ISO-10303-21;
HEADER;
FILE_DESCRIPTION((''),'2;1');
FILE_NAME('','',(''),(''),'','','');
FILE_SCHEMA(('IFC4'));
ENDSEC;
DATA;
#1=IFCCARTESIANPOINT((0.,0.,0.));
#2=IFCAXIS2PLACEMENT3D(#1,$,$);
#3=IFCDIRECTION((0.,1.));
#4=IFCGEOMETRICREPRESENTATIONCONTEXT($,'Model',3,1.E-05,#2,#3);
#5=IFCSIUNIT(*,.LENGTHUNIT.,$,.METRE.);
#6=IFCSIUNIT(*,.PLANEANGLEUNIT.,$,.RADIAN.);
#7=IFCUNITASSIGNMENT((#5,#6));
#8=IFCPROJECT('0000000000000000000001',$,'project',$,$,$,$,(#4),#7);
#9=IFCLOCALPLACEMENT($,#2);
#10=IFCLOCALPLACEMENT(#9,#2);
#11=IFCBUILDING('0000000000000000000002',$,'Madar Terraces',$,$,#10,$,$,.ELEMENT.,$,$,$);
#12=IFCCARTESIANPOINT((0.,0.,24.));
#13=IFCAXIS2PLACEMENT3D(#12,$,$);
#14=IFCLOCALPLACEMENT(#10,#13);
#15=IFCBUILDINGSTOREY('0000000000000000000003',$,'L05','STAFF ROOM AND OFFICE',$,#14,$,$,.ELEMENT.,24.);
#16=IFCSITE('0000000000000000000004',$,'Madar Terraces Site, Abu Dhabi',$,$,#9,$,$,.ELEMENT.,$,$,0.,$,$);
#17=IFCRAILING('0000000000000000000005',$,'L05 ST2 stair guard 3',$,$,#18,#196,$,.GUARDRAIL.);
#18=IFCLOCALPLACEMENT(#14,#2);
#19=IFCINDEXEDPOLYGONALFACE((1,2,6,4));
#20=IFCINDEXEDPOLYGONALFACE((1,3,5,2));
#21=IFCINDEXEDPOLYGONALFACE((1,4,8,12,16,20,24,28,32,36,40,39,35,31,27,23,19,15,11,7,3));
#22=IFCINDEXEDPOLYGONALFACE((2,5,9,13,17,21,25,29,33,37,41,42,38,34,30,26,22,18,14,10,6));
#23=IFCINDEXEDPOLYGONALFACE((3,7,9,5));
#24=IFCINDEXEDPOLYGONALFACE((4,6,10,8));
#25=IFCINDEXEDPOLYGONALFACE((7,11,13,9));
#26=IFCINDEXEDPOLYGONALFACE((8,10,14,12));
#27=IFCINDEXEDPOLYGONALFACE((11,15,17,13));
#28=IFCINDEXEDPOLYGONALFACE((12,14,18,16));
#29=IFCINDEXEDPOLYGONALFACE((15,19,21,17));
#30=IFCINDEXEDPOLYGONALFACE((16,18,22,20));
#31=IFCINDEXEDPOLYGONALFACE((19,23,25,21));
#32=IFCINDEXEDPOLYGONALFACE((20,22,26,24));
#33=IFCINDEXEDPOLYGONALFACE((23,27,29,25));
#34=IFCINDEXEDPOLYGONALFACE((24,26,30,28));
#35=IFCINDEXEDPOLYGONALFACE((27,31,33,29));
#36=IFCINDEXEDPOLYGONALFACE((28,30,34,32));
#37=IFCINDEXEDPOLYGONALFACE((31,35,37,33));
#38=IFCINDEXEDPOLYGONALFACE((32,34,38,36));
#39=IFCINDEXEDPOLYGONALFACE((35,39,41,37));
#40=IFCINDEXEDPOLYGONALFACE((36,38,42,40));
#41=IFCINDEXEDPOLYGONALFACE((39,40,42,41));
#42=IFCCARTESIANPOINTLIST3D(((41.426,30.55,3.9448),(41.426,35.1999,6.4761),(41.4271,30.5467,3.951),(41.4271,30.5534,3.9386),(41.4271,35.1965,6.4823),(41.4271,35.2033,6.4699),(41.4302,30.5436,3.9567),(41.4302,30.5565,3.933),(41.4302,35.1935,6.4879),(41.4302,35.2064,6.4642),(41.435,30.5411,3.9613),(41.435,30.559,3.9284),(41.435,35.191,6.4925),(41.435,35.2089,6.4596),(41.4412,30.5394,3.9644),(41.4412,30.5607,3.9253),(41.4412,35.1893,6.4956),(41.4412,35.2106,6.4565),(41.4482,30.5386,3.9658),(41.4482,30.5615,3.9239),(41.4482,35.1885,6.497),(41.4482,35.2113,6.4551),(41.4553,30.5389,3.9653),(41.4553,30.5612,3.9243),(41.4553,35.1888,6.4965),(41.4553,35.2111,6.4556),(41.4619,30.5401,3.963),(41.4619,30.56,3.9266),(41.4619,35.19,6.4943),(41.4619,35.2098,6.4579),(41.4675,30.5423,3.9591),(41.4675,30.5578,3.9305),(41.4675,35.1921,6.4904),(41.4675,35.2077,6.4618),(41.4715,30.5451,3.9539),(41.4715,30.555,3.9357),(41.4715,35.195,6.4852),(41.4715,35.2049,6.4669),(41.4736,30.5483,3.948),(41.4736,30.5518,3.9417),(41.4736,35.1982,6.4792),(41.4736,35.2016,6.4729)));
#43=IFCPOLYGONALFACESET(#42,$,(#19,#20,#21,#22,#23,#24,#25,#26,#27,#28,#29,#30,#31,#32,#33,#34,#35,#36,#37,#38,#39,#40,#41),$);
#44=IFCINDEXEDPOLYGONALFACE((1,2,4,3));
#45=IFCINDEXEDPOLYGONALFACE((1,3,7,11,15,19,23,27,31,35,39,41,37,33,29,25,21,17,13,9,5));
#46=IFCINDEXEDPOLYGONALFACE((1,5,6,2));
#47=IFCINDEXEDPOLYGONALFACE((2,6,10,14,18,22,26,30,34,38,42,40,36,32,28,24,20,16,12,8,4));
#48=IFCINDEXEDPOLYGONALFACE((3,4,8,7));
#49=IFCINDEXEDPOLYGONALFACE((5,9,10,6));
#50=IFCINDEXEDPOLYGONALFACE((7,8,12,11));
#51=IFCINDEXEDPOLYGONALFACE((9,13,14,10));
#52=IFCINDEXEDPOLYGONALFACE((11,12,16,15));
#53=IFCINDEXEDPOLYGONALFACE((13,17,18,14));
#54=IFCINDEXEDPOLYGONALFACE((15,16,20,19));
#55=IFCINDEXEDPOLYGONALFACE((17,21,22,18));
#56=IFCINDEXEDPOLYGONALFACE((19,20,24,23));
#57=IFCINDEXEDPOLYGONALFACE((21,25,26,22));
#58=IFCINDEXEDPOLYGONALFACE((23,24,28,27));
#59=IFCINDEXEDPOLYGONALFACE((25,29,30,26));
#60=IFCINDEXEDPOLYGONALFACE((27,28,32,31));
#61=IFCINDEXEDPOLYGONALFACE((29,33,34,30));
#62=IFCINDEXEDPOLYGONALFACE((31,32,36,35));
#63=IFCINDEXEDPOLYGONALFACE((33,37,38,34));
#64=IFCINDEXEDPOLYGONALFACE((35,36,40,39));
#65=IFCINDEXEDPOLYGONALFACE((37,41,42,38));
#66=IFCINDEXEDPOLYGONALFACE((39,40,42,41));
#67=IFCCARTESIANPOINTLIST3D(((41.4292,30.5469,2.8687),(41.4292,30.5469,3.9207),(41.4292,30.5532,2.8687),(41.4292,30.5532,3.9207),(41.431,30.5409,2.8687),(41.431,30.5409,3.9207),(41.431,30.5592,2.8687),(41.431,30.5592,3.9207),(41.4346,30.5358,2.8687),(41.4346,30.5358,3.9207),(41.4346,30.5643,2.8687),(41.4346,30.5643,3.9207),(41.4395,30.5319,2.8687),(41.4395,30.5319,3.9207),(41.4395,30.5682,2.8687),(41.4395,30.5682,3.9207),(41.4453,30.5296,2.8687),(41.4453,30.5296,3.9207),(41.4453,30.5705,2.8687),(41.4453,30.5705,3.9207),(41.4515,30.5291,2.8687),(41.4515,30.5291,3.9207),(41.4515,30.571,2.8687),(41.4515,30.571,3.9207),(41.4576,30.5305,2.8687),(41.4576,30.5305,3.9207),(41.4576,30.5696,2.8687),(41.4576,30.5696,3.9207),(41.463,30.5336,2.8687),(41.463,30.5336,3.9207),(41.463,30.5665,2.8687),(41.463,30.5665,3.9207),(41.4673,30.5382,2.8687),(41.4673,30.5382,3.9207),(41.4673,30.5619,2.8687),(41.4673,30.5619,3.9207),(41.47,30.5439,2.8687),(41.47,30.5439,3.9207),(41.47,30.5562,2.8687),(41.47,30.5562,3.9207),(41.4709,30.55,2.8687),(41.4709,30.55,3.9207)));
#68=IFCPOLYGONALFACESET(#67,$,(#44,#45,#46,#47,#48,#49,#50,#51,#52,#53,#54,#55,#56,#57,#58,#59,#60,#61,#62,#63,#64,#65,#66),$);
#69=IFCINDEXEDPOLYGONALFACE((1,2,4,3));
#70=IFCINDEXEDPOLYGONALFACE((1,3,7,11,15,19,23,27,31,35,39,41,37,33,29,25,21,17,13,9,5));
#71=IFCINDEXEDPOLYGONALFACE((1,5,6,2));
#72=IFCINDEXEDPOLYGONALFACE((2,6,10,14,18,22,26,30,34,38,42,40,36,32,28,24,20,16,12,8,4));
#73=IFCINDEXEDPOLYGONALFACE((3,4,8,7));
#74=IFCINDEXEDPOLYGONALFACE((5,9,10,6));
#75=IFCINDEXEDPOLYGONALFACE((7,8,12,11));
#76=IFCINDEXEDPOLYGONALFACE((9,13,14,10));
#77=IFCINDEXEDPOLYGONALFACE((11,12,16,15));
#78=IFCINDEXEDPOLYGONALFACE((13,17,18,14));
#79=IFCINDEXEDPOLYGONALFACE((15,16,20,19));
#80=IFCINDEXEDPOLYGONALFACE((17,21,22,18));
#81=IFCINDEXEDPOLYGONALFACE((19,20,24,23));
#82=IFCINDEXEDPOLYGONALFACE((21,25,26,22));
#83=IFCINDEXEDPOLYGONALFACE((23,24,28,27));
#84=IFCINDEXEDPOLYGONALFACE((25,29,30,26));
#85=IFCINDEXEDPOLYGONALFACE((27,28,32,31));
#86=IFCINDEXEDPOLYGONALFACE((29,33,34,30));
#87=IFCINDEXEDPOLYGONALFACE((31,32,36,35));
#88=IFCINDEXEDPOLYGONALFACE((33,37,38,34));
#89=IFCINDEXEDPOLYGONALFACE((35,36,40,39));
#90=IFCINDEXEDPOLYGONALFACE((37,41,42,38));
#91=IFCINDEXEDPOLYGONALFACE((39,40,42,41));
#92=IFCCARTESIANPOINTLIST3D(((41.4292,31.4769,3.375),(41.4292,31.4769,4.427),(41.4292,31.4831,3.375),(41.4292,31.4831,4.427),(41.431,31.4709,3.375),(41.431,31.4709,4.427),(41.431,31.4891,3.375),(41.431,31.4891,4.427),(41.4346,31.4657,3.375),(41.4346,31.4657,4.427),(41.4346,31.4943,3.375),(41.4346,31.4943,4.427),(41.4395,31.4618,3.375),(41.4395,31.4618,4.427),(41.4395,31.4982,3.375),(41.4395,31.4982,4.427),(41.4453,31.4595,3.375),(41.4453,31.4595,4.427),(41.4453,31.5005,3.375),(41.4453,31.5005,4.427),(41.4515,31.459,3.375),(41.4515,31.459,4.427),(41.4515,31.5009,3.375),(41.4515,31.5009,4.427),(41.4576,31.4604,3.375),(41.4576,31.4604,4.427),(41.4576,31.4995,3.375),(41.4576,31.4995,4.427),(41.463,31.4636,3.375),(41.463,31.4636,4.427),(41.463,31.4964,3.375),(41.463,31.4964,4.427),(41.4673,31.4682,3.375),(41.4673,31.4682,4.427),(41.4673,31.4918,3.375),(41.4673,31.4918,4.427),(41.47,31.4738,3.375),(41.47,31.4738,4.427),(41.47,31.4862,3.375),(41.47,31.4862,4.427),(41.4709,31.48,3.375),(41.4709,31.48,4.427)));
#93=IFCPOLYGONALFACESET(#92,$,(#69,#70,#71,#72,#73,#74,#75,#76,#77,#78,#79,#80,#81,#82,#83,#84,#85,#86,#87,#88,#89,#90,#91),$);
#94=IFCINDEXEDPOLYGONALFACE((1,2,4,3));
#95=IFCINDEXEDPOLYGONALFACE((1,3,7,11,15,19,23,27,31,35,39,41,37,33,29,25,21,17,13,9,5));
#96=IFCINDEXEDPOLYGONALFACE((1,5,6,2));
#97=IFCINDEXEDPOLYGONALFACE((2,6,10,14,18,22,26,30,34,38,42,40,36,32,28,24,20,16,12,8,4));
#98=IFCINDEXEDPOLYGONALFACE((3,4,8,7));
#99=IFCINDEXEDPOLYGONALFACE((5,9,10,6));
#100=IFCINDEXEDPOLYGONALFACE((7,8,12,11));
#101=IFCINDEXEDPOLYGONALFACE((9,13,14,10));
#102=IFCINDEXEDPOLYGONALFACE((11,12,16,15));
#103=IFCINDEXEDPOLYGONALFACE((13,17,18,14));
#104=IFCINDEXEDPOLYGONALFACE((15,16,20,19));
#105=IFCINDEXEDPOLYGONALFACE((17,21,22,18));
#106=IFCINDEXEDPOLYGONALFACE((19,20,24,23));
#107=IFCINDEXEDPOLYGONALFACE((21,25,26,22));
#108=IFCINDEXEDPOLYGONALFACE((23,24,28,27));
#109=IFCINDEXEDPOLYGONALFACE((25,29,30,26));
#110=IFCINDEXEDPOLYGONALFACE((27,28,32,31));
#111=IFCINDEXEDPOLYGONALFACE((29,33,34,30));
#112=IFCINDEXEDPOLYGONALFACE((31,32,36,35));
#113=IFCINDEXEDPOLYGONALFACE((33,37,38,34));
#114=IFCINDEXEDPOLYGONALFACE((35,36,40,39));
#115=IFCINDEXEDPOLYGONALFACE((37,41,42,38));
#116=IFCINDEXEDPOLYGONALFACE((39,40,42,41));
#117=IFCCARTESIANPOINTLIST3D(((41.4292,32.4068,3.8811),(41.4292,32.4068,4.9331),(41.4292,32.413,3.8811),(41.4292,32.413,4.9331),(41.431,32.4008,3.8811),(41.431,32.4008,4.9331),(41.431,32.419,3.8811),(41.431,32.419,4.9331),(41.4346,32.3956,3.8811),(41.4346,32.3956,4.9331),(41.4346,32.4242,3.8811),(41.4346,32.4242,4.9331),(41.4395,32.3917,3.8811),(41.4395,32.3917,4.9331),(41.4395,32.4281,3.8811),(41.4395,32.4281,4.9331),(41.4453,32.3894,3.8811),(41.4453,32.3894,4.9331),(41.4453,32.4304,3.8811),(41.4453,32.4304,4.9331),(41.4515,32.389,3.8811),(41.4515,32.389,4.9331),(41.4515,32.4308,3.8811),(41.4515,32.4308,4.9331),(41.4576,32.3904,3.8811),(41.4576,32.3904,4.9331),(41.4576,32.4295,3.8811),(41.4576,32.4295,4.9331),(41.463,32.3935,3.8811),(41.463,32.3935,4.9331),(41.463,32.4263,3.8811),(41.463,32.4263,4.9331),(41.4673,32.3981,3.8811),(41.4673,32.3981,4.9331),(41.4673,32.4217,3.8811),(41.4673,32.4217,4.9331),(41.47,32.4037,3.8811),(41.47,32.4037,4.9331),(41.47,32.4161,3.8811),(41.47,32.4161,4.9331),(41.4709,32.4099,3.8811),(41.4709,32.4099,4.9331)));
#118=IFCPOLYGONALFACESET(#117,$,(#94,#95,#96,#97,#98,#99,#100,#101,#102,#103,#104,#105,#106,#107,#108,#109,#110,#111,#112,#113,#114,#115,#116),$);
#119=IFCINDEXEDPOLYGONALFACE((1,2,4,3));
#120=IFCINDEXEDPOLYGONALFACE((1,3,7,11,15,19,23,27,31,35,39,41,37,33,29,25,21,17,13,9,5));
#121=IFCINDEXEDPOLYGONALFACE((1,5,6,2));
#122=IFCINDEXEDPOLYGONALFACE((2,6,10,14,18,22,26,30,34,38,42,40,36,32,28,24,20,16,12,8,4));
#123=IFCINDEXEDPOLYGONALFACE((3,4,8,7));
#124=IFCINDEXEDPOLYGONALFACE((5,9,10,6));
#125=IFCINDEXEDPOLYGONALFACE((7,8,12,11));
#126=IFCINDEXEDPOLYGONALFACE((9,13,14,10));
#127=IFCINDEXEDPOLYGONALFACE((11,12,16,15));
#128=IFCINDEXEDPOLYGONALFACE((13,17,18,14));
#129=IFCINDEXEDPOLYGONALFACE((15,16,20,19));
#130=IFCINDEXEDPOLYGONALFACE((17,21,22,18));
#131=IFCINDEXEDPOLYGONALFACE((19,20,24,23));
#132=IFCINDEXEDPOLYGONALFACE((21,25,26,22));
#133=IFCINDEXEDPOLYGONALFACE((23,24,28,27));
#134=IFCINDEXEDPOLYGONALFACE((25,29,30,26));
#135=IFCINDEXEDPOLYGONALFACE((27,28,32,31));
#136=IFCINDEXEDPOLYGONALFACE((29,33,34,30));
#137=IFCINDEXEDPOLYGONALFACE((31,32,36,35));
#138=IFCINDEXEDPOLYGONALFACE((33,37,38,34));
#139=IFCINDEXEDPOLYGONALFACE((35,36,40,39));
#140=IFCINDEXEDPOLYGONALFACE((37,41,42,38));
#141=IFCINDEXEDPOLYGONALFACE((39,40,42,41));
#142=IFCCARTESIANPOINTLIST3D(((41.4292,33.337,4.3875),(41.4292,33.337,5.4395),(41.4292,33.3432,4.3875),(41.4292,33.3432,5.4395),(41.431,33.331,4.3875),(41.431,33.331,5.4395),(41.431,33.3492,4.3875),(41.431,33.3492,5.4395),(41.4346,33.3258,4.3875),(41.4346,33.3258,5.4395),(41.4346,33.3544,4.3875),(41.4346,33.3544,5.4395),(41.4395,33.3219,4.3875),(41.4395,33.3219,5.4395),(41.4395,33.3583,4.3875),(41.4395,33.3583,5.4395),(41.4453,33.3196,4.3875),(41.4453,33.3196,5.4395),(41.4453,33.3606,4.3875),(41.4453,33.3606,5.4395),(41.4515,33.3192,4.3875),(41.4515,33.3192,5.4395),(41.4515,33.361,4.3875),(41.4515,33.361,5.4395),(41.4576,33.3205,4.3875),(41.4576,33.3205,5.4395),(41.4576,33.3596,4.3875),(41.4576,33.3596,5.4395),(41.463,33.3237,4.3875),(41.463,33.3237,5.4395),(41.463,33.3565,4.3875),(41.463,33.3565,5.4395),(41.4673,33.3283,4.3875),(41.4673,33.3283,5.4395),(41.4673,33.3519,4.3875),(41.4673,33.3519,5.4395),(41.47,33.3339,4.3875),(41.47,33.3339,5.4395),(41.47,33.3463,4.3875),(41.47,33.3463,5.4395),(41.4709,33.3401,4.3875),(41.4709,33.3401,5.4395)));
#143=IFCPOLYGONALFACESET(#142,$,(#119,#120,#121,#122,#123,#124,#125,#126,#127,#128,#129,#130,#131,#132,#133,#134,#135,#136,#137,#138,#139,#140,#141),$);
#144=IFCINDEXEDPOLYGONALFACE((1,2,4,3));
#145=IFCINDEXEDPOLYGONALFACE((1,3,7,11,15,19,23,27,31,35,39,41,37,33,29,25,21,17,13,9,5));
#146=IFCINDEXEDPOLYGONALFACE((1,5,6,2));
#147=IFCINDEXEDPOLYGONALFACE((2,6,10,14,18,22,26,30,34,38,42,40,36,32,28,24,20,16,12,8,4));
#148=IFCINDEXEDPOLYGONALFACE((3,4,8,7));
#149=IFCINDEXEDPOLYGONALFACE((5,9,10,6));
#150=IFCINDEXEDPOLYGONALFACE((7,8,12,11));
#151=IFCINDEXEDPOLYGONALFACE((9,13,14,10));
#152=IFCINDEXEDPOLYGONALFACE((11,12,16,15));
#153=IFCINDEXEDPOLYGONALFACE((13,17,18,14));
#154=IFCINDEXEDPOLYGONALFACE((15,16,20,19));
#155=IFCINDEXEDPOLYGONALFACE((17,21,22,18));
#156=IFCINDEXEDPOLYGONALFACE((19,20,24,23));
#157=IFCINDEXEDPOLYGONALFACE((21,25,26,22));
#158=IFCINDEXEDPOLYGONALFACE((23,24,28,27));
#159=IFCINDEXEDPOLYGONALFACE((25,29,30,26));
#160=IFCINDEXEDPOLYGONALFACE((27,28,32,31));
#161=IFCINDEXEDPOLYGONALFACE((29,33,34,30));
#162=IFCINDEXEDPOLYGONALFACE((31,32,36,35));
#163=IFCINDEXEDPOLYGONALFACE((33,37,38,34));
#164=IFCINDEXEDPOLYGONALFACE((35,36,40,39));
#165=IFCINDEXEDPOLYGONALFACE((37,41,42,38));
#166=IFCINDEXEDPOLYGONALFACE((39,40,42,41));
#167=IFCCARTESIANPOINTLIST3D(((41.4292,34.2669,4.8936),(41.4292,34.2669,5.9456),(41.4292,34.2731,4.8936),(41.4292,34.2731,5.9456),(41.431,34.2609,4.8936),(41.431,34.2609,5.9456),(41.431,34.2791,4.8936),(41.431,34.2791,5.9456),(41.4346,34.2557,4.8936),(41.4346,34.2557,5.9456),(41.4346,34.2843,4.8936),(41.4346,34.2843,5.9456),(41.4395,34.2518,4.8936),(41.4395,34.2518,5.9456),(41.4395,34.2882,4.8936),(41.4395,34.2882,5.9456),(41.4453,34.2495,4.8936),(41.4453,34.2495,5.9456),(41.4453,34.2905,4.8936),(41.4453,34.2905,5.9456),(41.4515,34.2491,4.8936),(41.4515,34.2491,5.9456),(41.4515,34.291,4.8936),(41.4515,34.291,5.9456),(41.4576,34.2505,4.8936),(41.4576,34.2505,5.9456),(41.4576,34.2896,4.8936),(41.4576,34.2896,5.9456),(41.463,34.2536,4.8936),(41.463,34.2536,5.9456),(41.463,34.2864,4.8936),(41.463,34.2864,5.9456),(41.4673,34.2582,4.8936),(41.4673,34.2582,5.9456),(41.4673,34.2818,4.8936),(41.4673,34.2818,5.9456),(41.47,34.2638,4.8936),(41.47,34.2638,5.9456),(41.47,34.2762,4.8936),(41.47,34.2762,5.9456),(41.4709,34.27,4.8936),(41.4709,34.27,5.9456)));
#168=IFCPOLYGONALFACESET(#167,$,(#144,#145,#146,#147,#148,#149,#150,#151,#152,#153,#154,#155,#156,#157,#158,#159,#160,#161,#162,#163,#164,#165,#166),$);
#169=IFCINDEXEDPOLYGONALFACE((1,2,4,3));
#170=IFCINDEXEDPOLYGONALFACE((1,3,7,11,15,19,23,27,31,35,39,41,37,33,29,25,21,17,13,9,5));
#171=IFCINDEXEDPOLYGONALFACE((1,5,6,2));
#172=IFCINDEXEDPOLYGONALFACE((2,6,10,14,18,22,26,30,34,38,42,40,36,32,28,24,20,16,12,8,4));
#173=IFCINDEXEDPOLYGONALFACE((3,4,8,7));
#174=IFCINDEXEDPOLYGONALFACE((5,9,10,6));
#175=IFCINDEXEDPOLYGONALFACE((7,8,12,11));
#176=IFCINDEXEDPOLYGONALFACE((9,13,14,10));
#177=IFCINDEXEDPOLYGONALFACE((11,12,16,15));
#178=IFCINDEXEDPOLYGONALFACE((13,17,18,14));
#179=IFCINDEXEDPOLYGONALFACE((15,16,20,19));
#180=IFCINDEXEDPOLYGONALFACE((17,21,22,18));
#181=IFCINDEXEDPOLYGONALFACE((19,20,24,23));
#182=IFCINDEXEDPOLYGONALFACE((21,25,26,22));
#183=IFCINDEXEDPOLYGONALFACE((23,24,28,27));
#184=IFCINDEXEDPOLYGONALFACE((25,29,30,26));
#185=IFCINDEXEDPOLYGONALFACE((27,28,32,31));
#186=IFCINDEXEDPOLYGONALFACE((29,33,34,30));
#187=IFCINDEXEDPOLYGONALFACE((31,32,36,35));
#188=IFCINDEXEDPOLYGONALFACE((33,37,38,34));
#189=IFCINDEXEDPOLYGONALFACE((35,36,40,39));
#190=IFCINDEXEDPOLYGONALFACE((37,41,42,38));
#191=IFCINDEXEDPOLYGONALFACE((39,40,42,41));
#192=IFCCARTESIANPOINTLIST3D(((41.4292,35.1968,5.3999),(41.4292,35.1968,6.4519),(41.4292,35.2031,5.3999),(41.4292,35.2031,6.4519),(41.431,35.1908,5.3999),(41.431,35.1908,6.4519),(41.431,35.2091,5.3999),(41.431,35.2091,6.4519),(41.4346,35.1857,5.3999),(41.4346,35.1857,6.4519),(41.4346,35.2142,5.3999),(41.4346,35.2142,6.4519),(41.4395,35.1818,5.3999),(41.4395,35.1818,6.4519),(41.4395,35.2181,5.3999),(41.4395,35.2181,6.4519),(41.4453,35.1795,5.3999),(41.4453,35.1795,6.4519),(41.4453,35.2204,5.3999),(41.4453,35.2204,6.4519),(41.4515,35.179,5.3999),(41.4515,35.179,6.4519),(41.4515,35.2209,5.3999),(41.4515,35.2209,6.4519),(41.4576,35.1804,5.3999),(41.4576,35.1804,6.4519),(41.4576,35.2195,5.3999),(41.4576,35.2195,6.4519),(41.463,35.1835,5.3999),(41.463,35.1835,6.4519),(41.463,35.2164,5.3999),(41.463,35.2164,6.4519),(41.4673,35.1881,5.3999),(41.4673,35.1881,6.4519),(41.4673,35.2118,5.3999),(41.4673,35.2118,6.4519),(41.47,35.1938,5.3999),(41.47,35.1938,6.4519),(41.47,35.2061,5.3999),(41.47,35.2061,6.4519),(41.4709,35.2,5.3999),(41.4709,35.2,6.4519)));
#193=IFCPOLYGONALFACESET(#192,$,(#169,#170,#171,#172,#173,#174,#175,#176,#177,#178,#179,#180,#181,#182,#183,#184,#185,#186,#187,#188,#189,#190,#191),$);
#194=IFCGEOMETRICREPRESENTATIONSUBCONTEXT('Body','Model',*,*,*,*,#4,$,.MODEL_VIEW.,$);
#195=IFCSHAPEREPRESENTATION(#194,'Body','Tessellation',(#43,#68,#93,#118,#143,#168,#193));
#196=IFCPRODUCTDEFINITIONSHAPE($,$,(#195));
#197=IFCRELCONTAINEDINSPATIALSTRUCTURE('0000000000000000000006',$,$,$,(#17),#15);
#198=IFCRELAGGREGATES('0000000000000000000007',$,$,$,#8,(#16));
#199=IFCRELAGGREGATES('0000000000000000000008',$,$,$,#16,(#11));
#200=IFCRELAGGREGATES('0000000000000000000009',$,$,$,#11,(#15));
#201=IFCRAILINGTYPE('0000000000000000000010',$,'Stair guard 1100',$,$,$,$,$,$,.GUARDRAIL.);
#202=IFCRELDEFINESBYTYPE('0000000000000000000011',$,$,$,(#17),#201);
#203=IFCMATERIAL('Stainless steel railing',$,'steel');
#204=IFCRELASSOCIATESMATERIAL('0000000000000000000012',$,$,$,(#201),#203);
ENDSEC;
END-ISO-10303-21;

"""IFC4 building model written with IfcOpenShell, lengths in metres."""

from ifc_helpers import new_model, si_unit, direction, frame, origin, origin_2d, place, context, subcontext, project, spatial, circle, extrude, material, type_object, element, save


model = new_model("IFC4")

# Units and contexts
model_context = context("Model", 3, precision=1e-05, world=origin(), true_north=direction((0.0, 1.0)))
body_context = subcontext(model_context, "Body", "Model", "MODEL_VIEW")
ifc_project = project(units=[si_unit("LENGTHUNIT", "METRE"), si_unit("PLANEANGLEUNIT", "RADIAN")], contexts=[model_context])

# Site, building, storey
site_placement = place(None, origin())
site = spatial("IfcSite", under=ifc_project, at=site_placement, Name="Madar Terraces Site, Abu Dhabi", CompositionType="ELEMENT", RefElevation=0.0)
building_placement = place(site_placement, origin())
building = spatial("IfcBuilding", under=site, at=building_placement, Name="Madar Terraces", CompositionType="ELEMENT")
storey_placement = place(building_placement, frame((0.0, 0.0, 24.0)))
storey = spatial("IfcBuildingStorey", under=building, at=storey_placement, Name="L05", Description="STAFF ROOM AND OFFICE", CompositionType="ELEMENT", Elevation=24.0)

# Railing
ifc_material_1 = material(Name="Stainless steel railing", Category="steel")
railing_type_1 = type_object("IfcRailingType", Name="Stair guard 1100", PredefinedType="GUARDRAIL", material=ifc_material_1)
railing_1_placement = place(storey_placement, frame((41.45, 30.55, 2.8687)))
element("IfcRailing", 1, at=railing_1_placement, inside=storey, type_object=railing_type_1, Name="L05 ST2 stair guard 3", PredefinedType="GUARDRAIL", context=body_context, shape_type="SweptSolid", body=[
    extrude(circle(Radius=0.0239, at=origin_2d()), frame((0.0, 0.0, 1.0762), z_axis=(0.0, 0.878297, 0.478115), x_axis=(-1.0, 0.0, 0.0)), (0.0, 0.0, 1.0), 5.2942),
    extrude(circle(Radius=0.021, at=origin_2d()), origin(), (0.0, 0.0, 1.0), 1.052),
    extrude(circle(Radius=0.021, at=origin_2d()), frame((0.0, 0.9299, 0.5063)), (0.0, 0.0, 1.0), 1.052),
    extrude(circle(Radius=0.021, at=origin_2d()), frame((0.0, 1.8599, 1.0125)), (0.0, 0.0, 1.0), 1.052),
    extrude(circle(Radius=0.021, at=origin_2d()), frame((0.0, 2.79, 1.5188)), (0.0, 0.0, 1.0), 1.052),
    extrude(circle(Radius=0.021, at=origin_2d()), frame((0.0, 3.72, 2.0249)), (0.0, 0.0, 1.0), 1.052),
    extrude(circle(Radius=0.021, at=origin_2d()), frame((0.0, 4.6499, 2.5312)), (0.0, 0.0, 1.0), 1.052),
])

save(model, "model.ifc")
